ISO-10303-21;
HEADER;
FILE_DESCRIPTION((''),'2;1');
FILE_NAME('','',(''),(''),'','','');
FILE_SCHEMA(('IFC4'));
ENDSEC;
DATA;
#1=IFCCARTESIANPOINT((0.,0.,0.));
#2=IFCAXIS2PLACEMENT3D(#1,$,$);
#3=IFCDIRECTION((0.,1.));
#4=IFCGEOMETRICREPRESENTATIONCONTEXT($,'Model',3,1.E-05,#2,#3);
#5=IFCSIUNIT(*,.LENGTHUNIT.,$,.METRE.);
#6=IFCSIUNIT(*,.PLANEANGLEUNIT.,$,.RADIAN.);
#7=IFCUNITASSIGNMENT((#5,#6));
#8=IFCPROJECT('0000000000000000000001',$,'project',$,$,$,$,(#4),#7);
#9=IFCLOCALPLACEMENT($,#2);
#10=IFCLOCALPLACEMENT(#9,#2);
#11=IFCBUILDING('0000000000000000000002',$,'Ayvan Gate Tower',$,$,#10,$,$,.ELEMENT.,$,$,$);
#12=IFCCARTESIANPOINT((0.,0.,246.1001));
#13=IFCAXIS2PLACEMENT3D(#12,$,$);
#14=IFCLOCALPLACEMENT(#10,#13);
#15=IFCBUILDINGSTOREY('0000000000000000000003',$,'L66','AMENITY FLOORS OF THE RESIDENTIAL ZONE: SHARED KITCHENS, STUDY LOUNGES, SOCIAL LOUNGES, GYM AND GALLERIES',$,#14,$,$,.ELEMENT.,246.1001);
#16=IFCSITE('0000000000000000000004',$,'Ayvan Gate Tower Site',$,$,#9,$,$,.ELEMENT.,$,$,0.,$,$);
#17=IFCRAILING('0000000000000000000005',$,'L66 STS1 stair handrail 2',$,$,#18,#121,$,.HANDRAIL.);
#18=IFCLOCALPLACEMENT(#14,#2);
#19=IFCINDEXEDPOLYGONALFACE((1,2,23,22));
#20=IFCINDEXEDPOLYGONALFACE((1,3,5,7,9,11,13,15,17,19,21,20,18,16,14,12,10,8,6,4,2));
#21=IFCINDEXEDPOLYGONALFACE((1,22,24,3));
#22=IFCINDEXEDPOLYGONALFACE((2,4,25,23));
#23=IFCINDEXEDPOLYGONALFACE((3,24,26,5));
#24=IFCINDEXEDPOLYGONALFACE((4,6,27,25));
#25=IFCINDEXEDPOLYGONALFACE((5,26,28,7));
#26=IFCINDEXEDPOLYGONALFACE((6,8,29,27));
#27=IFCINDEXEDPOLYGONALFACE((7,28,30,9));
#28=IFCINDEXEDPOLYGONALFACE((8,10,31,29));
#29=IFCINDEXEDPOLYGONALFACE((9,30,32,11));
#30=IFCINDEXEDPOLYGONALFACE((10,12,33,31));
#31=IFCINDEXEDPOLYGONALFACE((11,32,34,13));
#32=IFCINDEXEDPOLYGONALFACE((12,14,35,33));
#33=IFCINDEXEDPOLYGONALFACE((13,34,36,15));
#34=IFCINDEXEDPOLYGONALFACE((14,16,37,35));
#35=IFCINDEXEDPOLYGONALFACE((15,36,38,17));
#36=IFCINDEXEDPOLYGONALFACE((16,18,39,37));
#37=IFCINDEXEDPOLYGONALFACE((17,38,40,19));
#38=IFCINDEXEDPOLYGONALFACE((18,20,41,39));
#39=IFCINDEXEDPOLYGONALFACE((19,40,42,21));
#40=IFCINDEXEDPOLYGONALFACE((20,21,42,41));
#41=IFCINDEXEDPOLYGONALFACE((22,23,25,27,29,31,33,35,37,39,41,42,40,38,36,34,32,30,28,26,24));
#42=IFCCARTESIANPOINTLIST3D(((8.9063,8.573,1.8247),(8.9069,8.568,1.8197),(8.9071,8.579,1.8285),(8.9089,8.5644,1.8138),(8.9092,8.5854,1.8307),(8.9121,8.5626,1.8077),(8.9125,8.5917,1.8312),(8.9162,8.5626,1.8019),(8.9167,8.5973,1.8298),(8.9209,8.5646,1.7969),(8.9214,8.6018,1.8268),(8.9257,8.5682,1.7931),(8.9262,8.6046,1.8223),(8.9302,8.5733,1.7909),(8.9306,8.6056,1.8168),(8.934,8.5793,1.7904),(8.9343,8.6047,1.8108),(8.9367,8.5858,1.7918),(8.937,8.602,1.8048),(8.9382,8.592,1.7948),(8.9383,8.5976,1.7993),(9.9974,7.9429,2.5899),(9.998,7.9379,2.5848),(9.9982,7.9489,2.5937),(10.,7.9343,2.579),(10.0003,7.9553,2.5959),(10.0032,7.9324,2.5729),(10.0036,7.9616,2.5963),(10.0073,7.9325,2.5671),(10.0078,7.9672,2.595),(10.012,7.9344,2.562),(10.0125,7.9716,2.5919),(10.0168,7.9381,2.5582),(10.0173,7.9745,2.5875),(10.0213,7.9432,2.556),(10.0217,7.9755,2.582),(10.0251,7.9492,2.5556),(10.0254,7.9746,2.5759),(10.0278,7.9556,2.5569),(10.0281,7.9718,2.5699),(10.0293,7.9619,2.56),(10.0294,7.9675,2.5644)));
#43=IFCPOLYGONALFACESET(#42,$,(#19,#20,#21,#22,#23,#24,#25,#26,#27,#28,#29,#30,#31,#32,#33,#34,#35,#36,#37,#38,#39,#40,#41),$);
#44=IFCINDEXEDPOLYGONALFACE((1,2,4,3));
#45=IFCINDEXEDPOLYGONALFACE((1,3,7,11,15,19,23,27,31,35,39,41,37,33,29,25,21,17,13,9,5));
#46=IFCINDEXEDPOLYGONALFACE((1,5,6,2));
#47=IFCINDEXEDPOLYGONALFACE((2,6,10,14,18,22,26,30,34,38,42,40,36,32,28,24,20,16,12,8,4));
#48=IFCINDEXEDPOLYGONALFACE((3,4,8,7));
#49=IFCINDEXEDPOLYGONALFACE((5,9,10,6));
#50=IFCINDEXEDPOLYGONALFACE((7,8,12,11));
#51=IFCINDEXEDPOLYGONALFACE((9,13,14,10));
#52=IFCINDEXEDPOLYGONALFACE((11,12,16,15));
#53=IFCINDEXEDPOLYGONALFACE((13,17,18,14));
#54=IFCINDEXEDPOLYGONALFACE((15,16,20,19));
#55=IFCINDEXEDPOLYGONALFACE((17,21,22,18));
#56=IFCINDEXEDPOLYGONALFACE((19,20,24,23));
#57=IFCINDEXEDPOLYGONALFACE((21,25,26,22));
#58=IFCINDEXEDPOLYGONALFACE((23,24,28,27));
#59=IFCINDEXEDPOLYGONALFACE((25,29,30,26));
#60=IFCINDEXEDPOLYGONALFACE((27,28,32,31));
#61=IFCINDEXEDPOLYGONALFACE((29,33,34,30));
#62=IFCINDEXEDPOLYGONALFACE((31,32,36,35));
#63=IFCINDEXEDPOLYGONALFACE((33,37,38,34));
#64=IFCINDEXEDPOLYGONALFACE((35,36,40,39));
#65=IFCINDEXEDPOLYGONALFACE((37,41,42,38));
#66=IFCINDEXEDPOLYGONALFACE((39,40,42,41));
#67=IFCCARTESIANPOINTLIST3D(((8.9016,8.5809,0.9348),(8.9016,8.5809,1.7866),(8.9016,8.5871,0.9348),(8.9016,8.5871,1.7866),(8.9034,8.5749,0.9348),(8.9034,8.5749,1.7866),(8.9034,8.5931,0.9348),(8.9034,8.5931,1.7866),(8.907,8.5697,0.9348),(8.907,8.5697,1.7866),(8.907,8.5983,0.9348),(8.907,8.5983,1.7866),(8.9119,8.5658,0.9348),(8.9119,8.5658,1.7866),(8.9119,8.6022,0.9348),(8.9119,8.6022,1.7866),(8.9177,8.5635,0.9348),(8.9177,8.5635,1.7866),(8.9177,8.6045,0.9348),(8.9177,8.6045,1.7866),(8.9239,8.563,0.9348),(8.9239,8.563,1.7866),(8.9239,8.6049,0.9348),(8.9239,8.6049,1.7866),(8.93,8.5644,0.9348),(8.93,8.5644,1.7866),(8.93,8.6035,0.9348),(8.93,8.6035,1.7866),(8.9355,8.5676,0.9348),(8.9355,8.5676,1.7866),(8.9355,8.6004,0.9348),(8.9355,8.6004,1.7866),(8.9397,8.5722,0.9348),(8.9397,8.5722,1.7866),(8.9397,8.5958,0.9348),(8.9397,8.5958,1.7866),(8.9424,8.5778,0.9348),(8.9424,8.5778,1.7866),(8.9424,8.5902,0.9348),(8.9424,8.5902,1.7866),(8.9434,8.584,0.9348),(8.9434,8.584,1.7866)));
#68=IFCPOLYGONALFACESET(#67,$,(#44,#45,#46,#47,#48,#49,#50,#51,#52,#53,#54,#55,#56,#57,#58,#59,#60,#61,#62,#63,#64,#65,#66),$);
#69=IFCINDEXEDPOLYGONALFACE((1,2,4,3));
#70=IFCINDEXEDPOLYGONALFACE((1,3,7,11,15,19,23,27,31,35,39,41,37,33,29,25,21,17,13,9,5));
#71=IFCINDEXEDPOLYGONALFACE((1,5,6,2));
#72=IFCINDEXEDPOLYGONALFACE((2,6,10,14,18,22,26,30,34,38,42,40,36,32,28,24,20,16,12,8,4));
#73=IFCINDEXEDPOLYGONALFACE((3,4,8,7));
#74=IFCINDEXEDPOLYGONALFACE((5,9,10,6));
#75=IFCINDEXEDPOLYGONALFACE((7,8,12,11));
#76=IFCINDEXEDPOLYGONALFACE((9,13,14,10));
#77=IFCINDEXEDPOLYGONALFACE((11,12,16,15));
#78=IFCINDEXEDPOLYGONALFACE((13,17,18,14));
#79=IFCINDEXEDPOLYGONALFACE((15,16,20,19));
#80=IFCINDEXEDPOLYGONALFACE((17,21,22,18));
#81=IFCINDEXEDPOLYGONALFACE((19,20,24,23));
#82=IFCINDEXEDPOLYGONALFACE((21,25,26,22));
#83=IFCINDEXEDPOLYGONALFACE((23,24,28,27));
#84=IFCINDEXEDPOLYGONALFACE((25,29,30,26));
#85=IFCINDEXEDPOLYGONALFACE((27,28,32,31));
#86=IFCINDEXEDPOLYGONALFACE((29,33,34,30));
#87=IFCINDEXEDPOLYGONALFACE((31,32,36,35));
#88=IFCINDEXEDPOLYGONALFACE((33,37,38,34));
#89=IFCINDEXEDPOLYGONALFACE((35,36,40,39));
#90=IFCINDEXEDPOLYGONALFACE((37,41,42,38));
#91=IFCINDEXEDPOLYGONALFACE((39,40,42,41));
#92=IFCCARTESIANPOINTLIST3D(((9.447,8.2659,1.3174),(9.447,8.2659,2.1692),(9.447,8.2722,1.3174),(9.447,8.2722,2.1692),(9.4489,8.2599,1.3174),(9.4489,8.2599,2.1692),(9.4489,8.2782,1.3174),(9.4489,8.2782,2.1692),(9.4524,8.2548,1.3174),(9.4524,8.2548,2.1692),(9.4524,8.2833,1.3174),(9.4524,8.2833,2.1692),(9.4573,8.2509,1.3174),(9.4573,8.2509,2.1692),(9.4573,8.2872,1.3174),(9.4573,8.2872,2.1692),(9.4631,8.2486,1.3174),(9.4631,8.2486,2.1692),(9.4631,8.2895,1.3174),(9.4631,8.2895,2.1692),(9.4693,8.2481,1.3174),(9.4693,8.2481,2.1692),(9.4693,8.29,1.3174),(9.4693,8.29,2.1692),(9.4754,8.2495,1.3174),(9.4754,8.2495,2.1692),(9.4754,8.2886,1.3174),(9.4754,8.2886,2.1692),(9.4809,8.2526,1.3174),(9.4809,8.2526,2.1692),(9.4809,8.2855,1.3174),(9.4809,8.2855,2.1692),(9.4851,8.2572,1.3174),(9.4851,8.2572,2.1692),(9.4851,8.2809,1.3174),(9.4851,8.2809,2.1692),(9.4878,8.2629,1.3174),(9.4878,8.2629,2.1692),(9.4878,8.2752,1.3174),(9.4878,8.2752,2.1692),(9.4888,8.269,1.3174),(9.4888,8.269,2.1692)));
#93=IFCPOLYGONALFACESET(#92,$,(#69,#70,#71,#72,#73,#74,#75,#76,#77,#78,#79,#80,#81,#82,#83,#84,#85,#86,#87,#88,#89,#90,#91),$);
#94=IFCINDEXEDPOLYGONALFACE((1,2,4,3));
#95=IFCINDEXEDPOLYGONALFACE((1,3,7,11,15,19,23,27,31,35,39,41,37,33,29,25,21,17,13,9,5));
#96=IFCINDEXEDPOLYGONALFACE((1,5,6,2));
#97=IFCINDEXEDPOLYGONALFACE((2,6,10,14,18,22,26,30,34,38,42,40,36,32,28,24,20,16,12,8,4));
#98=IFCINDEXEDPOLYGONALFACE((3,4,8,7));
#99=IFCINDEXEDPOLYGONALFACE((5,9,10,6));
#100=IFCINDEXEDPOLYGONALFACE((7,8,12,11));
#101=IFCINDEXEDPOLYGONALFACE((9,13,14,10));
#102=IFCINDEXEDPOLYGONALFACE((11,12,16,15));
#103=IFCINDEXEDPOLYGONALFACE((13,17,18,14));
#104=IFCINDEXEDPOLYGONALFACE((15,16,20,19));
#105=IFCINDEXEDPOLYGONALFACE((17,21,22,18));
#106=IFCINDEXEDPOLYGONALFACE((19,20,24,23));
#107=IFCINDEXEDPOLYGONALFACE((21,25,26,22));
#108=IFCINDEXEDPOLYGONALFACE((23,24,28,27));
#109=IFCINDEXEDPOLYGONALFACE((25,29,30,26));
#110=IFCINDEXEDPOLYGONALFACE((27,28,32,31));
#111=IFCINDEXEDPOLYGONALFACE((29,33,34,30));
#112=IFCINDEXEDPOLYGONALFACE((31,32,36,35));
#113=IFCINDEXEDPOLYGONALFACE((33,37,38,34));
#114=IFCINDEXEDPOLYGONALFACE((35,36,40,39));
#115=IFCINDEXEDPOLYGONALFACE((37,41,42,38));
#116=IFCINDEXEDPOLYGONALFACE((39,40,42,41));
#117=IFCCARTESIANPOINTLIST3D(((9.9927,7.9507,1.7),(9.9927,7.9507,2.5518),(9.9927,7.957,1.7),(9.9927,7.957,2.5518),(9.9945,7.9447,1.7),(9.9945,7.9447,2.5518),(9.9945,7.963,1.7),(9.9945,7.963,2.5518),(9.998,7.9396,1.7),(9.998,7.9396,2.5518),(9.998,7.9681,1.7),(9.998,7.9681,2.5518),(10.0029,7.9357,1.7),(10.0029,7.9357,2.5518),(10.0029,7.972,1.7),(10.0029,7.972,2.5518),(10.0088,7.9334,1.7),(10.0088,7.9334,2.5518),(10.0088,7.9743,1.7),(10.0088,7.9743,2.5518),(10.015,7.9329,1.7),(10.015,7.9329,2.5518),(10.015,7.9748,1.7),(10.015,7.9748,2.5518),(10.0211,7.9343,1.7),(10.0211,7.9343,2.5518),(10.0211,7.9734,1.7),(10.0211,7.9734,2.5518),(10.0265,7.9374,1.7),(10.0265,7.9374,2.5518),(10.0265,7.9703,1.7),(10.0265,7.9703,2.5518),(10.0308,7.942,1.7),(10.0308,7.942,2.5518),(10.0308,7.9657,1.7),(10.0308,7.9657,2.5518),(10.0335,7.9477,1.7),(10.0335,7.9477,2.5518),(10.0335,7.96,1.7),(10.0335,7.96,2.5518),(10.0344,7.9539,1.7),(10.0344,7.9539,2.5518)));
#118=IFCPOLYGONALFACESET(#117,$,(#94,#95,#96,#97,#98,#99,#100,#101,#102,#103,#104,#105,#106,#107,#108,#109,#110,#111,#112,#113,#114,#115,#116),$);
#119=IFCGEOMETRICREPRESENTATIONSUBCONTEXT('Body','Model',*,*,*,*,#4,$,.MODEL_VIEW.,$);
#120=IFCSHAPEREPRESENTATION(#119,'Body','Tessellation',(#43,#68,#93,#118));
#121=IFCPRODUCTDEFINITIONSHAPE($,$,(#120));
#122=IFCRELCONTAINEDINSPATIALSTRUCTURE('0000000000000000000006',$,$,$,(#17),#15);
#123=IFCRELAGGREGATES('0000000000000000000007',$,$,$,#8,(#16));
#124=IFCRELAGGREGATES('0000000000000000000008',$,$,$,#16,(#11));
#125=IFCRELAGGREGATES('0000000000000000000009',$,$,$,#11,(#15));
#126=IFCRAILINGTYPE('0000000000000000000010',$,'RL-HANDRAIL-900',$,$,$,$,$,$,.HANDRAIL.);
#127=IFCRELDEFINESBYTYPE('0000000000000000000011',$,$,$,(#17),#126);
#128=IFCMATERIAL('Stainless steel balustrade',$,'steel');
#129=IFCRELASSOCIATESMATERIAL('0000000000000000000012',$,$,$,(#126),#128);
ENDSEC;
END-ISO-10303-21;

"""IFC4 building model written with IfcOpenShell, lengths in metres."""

from ifc_helpers import new_model, si_unit, direction, frame, origin, origin_2d, place, context, subcontext, project, spatial, circle, extrude, material, type_object, element, save


model = new_model("IFC4")

# Units and contexts
model_context = context("Model", 3, precision=1e-05, world=origin(), true_north=direction((0.0, 1.0)))
body_context = subcontext(model_context, "Body", "Model", "MODEL_VIEW")
ifc_project = project(units=[si_unit("LENGTHUNIT", "METRE"), si_unit("PLANEANGLEUNIT", "RADIAN")], contexts=[model_context])

# Site, building, storey
site_placement = place(None, origin())
site = spatial("IfcSite", under=ifc_project, at=site_placement, Name="Ayvan Gate Tower Site", CompositionType="ELEMENT", RefElevation=0.0)
building_placement = place(site_placement, origin())
building = spatial("IfcBuilding", under=site, at=building_placement, Name="Ayvan Gate Tower", CompositionType="ELEMENT")
storey_placement = place(building_placement, frame((0.0, 0.0, 246.1001)))
storey = spatial("IfcBuildingStorey", under=building, at=storey_placement, Name="L66", Description="AMENITY FLOORS OF THE RESIDENTIAL ZONE: SHARED KITCHENS, STUDY LOUNGES, SOCIAL LOUNGES, GYM AND GALLERIES", CompositionType="ELEMENT", Elevation=246.1001)

# Railing
ifc_material_1 = material(Name="Stainless steel balustrade", Category="steel")
railing_type_1 = type_object("IfcRailingType", Name="RL-HANDRAIL-900", PredefinedType="HANDRAIL", material=ifc_material_1)
railing_1_placement = place(storey_placement, frame((8.9224, 8.584, 0.9348)))
element("IfcRailing", 1, at=railing_1_placement, inside=storey, type_object=railing_type_1, Name="L66 STS1 stair handrail 2", PredefinedType="HANDRAIL", context=body_context, shape_type="SweptSolid", body=[
    extrude(circle(Radius=0.0239, at=origin_2d()), frame((0.0, 0.0, 0.876), z_axis=(0.740166, -0.427471, 0.51906), x_axis=(0.500119, 0.865956, 0.0)), (0.0, 0.0, 1.0), 1.4741),
    extrude(circle(Radius=0.021, at=origin_2d()), origin(), (0.0, 0.0, 1.0), 0.8518),
    extrude(circle(Radius=0.021, at=origin_2d()), frame((0.5454, -0.3149, 0.3826)), (0.0, 0.0, 1.0), 0.8518),
    extrude(circle(Radius=0.021, at=origin_2d()), frame((1.0911, -0.6301, 0.7651)), (0.0, 0.0, 1.0), 0.8518),
])

save(model, "model.ifc")
